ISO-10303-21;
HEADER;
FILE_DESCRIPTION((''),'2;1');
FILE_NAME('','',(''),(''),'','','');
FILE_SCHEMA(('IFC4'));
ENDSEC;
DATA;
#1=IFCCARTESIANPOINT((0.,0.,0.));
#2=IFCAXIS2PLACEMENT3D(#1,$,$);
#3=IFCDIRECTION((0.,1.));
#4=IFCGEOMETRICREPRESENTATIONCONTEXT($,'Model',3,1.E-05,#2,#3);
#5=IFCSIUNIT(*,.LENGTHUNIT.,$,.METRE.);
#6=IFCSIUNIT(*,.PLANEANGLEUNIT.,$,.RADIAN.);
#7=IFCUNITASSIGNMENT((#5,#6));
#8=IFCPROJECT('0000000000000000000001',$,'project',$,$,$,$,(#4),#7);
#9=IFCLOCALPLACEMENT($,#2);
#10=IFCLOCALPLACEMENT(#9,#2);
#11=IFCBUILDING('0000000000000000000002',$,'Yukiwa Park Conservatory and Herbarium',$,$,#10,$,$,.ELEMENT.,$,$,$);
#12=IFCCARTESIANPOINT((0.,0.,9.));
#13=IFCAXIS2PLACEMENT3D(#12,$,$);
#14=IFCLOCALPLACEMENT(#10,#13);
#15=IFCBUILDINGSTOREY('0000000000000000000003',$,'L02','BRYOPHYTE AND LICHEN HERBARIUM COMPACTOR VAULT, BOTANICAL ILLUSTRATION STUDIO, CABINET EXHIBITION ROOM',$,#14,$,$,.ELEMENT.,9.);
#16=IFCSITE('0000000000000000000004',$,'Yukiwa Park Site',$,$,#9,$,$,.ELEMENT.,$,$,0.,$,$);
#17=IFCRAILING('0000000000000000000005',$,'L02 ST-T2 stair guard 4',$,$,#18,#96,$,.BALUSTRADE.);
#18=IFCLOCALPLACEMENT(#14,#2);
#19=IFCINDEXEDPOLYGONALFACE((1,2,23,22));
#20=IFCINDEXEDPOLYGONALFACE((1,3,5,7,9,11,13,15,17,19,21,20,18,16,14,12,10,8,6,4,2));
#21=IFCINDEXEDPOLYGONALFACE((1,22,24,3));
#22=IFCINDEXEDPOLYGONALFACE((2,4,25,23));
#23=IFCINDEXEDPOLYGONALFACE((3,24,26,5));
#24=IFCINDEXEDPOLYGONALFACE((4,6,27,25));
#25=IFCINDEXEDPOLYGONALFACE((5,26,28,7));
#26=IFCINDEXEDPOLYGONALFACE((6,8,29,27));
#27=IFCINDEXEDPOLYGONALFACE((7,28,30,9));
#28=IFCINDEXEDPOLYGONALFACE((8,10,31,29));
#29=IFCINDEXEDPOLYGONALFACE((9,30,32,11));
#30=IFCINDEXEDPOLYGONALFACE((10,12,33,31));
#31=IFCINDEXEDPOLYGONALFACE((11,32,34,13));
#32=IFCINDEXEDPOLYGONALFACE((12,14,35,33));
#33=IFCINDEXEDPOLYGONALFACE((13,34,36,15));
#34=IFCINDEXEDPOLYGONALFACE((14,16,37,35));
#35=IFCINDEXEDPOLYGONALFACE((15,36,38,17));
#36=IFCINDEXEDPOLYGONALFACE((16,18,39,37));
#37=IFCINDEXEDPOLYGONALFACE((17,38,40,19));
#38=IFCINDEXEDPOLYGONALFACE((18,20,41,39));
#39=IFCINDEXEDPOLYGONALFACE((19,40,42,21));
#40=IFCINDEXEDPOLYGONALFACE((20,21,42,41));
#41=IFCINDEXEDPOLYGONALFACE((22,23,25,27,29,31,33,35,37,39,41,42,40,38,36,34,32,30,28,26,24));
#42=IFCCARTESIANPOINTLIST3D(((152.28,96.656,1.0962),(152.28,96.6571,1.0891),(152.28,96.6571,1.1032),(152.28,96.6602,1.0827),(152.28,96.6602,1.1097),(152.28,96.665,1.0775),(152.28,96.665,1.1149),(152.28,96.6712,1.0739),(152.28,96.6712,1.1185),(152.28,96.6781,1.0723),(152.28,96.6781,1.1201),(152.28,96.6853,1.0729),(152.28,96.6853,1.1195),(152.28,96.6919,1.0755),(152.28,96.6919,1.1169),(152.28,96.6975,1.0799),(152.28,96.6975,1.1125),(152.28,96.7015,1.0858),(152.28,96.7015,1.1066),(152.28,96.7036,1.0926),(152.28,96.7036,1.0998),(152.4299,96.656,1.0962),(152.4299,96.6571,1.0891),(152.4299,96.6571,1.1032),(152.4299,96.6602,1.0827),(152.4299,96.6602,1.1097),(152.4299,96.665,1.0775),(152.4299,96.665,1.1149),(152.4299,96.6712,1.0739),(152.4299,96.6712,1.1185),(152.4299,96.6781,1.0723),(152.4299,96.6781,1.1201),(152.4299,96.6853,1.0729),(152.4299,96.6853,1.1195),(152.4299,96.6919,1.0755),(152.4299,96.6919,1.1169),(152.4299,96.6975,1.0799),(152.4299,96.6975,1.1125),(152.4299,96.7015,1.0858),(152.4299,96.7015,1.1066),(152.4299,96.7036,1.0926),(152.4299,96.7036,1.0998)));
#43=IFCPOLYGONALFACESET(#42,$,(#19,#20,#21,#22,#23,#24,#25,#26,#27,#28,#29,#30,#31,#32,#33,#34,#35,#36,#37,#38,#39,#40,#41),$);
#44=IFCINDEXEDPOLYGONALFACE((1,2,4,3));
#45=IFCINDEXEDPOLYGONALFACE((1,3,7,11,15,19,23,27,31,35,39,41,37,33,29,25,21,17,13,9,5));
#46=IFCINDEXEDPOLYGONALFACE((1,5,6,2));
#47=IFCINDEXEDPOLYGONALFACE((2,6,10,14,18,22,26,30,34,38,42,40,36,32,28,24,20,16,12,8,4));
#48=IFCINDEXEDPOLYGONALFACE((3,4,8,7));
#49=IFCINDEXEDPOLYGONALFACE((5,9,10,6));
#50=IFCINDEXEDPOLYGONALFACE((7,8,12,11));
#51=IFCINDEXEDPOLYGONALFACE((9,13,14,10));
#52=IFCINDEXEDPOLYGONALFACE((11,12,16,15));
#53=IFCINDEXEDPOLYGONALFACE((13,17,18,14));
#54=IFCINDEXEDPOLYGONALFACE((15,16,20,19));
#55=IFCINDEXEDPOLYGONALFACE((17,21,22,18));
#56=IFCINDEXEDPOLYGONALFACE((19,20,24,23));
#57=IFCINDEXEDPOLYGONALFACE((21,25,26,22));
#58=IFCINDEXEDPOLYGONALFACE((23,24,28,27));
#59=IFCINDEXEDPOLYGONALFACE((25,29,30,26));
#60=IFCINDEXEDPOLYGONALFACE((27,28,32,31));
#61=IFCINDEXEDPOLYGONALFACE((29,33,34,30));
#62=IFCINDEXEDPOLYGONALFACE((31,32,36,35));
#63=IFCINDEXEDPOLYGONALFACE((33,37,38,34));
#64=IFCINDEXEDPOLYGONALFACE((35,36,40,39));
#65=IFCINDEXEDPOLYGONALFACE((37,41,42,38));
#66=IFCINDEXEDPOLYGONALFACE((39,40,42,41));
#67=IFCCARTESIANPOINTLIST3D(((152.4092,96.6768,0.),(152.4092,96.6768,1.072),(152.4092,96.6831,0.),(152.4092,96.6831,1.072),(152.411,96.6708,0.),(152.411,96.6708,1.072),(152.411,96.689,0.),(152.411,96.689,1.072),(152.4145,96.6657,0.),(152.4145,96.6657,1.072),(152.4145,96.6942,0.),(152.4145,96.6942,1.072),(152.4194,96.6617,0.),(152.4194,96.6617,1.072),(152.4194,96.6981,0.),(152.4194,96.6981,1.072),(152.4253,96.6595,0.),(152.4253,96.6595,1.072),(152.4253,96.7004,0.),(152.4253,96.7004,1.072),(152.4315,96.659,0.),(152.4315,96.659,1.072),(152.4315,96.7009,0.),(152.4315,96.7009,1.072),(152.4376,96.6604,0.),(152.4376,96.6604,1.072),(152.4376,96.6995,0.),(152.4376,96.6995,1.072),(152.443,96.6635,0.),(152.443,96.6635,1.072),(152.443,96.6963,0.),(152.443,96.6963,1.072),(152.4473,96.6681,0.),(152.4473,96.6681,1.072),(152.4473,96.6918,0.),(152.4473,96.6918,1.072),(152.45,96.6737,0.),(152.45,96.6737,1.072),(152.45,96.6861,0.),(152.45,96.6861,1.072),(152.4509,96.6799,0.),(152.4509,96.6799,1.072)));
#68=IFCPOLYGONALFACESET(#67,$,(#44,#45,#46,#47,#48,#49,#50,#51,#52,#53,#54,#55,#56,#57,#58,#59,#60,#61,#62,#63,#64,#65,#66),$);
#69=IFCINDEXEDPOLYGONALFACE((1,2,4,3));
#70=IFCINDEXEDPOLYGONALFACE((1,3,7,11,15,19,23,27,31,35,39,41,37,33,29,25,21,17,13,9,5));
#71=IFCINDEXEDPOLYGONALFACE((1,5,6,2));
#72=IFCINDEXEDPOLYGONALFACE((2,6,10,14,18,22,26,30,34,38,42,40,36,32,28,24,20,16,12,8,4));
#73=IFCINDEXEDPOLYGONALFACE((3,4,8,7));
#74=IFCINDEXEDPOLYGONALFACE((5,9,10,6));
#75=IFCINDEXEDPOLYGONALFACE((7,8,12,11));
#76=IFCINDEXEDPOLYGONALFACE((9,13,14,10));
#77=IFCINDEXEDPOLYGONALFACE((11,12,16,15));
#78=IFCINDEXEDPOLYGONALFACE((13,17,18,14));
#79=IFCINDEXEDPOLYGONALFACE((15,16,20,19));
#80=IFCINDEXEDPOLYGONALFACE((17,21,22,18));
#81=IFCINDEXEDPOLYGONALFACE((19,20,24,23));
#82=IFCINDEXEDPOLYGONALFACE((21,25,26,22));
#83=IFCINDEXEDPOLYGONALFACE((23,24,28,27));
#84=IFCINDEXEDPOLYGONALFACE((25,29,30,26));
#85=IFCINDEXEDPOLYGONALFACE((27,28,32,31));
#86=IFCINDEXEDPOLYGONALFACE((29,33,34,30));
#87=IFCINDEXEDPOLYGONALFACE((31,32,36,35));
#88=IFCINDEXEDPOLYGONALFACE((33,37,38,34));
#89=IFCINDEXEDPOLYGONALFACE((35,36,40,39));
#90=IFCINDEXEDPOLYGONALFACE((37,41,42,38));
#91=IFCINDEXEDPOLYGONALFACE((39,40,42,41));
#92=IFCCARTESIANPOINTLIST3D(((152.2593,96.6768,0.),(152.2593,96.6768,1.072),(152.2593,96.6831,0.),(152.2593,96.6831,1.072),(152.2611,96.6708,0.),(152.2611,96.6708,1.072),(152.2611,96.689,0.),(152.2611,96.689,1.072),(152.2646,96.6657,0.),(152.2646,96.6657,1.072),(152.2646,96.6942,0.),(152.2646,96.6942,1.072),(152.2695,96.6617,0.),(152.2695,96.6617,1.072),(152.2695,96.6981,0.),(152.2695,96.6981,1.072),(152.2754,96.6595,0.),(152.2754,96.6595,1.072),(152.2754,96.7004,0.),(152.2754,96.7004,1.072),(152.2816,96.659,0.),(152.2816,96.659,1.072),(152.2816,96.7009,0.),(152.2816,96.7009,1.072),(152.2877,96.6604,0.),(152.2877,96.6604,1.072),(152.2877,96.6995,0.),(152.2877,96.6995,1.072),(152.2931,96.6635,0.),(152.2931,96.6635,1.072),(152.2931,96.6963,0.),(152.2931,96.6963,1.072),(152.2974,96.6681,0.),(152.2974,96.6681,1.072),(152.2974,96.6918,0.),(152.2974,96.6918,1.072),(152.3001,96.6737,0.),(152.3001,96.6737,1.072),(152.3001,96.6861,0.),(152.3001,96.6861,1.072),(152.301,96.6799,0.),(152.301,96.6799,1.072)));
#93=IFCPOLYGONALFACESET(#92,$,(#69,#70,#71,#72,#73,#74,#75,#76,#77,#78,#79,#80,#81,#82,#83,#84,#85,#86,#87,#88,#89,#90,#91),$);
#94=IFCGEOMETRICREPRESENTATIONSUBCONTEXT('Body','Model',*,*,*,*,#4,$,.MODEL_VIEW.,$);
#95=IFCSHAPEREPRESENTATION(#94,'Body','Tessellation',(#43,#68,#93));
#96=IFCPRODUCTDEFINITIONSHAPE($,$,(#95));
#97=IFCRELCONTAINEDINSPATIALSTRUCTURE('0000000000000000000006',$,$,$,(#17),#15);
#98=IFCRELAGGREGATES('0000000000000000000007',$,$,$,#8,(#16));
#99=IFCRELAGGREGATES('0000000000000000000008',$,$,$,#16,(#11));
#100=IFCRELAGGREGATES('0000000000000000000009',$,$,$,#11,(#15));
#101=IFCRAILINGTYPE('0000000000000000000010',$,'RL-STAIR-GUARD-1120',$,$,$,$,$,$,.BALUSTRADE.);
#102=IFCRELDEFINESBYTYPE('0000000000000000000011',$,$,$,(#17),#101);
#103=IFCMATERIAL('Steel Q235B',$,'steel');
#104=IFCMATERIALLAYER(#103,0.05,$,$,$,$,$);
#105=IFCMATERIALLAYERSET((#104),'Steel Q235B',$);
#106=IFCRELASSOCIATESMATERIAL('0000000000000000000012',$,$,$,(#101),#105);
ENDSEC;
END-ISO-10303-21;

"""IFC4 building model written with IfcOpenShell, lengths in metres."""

from ifc_helpers import new_model, si_unit, direction, frame, origin, origin_2d, place, context, subcontext, project, spatial, circle, extrude, material, layer, layer_set, type_object, element, save


model = new_model("IFC4")

# Units and contexts
model_context = context("Model", 3, precision=1e-05, world=origin(), true_north=direction((0.0, 1.0)))
body_context = subcontext(model_context, "Body", "Model", "MODEL_VIEW")
ifc_project = project(units=[si_unit("LENGTHUNIT", "METRE"), si_unit("PLANEANGLEUNIT", "RADIAN")], contexts=[model_context])

# Site, building, storey
site_placement = place(None, origin())
site = spatial("IfcSite", under=ifc_project, at=site_placement, Name="Yukiwa Park Site", CompositionType="ELEMENT", RefElevation=0.0)
building_placement = place(site_placement, origin())
building = spatial("IfcBuilding", under=site, at=building_placement, Name="Yukiwa Park Conservatory and Herbarium", CompositionType="ELEMENT")
storey_placement = place(building_placement, frame((0.0, 0.0, 9.0)))
storey = spatial("IfcBuildingStorey", under=building, at=storey_placement, Name="L02", Description="BRYOPHYTE AND LICHEN HERBARIUM COMPACTOR VAULT, BOTANICAL ILLUSTRATION STUDIO, CABINET EXHIBITION ROOM", CompositionType="ELEMENT", Elevation=9.0)

# Railing
ifc_material_1 = material(Name="Steel Q235B", Category="steel")
ifc_layer_1 = layer(ifc_material_1, 0.05)
ifc_layer_set_1 = layer_set([ifc_layer_1], Name="Steel Q235B")
railing_type_1 = type_object("IfcRailingType", Name="RL-STAIR-GUARD-1120", PredefinedType="BALUSTRADE", material=ifc_layer_set_1)
railing_1_placement = place(storey_placement, frame((152.4299, 96.6799, 0.0)))
element("IfcRailing", 1, at=railing_1_placement, inside=storey, type_object=railing_type_1, Name="L02 ST-T2 stair guard 4", PredefinedType="BALUSTRADE", context=body_context, shape_type="SweptSolid", body=[
    extrude(circle(Radius=0.0239, at=origin_2d()), frame((0.0, 0.0, 1.0962), z_axis=(-1.0, 0.0, 0.0), x_axis=(0.0, -1.0, 0.0)), (0.0, 0.0, 1.0), 0.1499),
    extrude(circle(Radius=0.021, at=origin_2d()), origin(), (0.0, 0.0, 1.0), 1.072),
    extrude(circle(Radius=0.021, at=origin_2d()), frame((-0.1499, 0.0, 0.0)), (0.0, 0.0, 1.0), 1.072),
])

save(model, "model.ifc")
